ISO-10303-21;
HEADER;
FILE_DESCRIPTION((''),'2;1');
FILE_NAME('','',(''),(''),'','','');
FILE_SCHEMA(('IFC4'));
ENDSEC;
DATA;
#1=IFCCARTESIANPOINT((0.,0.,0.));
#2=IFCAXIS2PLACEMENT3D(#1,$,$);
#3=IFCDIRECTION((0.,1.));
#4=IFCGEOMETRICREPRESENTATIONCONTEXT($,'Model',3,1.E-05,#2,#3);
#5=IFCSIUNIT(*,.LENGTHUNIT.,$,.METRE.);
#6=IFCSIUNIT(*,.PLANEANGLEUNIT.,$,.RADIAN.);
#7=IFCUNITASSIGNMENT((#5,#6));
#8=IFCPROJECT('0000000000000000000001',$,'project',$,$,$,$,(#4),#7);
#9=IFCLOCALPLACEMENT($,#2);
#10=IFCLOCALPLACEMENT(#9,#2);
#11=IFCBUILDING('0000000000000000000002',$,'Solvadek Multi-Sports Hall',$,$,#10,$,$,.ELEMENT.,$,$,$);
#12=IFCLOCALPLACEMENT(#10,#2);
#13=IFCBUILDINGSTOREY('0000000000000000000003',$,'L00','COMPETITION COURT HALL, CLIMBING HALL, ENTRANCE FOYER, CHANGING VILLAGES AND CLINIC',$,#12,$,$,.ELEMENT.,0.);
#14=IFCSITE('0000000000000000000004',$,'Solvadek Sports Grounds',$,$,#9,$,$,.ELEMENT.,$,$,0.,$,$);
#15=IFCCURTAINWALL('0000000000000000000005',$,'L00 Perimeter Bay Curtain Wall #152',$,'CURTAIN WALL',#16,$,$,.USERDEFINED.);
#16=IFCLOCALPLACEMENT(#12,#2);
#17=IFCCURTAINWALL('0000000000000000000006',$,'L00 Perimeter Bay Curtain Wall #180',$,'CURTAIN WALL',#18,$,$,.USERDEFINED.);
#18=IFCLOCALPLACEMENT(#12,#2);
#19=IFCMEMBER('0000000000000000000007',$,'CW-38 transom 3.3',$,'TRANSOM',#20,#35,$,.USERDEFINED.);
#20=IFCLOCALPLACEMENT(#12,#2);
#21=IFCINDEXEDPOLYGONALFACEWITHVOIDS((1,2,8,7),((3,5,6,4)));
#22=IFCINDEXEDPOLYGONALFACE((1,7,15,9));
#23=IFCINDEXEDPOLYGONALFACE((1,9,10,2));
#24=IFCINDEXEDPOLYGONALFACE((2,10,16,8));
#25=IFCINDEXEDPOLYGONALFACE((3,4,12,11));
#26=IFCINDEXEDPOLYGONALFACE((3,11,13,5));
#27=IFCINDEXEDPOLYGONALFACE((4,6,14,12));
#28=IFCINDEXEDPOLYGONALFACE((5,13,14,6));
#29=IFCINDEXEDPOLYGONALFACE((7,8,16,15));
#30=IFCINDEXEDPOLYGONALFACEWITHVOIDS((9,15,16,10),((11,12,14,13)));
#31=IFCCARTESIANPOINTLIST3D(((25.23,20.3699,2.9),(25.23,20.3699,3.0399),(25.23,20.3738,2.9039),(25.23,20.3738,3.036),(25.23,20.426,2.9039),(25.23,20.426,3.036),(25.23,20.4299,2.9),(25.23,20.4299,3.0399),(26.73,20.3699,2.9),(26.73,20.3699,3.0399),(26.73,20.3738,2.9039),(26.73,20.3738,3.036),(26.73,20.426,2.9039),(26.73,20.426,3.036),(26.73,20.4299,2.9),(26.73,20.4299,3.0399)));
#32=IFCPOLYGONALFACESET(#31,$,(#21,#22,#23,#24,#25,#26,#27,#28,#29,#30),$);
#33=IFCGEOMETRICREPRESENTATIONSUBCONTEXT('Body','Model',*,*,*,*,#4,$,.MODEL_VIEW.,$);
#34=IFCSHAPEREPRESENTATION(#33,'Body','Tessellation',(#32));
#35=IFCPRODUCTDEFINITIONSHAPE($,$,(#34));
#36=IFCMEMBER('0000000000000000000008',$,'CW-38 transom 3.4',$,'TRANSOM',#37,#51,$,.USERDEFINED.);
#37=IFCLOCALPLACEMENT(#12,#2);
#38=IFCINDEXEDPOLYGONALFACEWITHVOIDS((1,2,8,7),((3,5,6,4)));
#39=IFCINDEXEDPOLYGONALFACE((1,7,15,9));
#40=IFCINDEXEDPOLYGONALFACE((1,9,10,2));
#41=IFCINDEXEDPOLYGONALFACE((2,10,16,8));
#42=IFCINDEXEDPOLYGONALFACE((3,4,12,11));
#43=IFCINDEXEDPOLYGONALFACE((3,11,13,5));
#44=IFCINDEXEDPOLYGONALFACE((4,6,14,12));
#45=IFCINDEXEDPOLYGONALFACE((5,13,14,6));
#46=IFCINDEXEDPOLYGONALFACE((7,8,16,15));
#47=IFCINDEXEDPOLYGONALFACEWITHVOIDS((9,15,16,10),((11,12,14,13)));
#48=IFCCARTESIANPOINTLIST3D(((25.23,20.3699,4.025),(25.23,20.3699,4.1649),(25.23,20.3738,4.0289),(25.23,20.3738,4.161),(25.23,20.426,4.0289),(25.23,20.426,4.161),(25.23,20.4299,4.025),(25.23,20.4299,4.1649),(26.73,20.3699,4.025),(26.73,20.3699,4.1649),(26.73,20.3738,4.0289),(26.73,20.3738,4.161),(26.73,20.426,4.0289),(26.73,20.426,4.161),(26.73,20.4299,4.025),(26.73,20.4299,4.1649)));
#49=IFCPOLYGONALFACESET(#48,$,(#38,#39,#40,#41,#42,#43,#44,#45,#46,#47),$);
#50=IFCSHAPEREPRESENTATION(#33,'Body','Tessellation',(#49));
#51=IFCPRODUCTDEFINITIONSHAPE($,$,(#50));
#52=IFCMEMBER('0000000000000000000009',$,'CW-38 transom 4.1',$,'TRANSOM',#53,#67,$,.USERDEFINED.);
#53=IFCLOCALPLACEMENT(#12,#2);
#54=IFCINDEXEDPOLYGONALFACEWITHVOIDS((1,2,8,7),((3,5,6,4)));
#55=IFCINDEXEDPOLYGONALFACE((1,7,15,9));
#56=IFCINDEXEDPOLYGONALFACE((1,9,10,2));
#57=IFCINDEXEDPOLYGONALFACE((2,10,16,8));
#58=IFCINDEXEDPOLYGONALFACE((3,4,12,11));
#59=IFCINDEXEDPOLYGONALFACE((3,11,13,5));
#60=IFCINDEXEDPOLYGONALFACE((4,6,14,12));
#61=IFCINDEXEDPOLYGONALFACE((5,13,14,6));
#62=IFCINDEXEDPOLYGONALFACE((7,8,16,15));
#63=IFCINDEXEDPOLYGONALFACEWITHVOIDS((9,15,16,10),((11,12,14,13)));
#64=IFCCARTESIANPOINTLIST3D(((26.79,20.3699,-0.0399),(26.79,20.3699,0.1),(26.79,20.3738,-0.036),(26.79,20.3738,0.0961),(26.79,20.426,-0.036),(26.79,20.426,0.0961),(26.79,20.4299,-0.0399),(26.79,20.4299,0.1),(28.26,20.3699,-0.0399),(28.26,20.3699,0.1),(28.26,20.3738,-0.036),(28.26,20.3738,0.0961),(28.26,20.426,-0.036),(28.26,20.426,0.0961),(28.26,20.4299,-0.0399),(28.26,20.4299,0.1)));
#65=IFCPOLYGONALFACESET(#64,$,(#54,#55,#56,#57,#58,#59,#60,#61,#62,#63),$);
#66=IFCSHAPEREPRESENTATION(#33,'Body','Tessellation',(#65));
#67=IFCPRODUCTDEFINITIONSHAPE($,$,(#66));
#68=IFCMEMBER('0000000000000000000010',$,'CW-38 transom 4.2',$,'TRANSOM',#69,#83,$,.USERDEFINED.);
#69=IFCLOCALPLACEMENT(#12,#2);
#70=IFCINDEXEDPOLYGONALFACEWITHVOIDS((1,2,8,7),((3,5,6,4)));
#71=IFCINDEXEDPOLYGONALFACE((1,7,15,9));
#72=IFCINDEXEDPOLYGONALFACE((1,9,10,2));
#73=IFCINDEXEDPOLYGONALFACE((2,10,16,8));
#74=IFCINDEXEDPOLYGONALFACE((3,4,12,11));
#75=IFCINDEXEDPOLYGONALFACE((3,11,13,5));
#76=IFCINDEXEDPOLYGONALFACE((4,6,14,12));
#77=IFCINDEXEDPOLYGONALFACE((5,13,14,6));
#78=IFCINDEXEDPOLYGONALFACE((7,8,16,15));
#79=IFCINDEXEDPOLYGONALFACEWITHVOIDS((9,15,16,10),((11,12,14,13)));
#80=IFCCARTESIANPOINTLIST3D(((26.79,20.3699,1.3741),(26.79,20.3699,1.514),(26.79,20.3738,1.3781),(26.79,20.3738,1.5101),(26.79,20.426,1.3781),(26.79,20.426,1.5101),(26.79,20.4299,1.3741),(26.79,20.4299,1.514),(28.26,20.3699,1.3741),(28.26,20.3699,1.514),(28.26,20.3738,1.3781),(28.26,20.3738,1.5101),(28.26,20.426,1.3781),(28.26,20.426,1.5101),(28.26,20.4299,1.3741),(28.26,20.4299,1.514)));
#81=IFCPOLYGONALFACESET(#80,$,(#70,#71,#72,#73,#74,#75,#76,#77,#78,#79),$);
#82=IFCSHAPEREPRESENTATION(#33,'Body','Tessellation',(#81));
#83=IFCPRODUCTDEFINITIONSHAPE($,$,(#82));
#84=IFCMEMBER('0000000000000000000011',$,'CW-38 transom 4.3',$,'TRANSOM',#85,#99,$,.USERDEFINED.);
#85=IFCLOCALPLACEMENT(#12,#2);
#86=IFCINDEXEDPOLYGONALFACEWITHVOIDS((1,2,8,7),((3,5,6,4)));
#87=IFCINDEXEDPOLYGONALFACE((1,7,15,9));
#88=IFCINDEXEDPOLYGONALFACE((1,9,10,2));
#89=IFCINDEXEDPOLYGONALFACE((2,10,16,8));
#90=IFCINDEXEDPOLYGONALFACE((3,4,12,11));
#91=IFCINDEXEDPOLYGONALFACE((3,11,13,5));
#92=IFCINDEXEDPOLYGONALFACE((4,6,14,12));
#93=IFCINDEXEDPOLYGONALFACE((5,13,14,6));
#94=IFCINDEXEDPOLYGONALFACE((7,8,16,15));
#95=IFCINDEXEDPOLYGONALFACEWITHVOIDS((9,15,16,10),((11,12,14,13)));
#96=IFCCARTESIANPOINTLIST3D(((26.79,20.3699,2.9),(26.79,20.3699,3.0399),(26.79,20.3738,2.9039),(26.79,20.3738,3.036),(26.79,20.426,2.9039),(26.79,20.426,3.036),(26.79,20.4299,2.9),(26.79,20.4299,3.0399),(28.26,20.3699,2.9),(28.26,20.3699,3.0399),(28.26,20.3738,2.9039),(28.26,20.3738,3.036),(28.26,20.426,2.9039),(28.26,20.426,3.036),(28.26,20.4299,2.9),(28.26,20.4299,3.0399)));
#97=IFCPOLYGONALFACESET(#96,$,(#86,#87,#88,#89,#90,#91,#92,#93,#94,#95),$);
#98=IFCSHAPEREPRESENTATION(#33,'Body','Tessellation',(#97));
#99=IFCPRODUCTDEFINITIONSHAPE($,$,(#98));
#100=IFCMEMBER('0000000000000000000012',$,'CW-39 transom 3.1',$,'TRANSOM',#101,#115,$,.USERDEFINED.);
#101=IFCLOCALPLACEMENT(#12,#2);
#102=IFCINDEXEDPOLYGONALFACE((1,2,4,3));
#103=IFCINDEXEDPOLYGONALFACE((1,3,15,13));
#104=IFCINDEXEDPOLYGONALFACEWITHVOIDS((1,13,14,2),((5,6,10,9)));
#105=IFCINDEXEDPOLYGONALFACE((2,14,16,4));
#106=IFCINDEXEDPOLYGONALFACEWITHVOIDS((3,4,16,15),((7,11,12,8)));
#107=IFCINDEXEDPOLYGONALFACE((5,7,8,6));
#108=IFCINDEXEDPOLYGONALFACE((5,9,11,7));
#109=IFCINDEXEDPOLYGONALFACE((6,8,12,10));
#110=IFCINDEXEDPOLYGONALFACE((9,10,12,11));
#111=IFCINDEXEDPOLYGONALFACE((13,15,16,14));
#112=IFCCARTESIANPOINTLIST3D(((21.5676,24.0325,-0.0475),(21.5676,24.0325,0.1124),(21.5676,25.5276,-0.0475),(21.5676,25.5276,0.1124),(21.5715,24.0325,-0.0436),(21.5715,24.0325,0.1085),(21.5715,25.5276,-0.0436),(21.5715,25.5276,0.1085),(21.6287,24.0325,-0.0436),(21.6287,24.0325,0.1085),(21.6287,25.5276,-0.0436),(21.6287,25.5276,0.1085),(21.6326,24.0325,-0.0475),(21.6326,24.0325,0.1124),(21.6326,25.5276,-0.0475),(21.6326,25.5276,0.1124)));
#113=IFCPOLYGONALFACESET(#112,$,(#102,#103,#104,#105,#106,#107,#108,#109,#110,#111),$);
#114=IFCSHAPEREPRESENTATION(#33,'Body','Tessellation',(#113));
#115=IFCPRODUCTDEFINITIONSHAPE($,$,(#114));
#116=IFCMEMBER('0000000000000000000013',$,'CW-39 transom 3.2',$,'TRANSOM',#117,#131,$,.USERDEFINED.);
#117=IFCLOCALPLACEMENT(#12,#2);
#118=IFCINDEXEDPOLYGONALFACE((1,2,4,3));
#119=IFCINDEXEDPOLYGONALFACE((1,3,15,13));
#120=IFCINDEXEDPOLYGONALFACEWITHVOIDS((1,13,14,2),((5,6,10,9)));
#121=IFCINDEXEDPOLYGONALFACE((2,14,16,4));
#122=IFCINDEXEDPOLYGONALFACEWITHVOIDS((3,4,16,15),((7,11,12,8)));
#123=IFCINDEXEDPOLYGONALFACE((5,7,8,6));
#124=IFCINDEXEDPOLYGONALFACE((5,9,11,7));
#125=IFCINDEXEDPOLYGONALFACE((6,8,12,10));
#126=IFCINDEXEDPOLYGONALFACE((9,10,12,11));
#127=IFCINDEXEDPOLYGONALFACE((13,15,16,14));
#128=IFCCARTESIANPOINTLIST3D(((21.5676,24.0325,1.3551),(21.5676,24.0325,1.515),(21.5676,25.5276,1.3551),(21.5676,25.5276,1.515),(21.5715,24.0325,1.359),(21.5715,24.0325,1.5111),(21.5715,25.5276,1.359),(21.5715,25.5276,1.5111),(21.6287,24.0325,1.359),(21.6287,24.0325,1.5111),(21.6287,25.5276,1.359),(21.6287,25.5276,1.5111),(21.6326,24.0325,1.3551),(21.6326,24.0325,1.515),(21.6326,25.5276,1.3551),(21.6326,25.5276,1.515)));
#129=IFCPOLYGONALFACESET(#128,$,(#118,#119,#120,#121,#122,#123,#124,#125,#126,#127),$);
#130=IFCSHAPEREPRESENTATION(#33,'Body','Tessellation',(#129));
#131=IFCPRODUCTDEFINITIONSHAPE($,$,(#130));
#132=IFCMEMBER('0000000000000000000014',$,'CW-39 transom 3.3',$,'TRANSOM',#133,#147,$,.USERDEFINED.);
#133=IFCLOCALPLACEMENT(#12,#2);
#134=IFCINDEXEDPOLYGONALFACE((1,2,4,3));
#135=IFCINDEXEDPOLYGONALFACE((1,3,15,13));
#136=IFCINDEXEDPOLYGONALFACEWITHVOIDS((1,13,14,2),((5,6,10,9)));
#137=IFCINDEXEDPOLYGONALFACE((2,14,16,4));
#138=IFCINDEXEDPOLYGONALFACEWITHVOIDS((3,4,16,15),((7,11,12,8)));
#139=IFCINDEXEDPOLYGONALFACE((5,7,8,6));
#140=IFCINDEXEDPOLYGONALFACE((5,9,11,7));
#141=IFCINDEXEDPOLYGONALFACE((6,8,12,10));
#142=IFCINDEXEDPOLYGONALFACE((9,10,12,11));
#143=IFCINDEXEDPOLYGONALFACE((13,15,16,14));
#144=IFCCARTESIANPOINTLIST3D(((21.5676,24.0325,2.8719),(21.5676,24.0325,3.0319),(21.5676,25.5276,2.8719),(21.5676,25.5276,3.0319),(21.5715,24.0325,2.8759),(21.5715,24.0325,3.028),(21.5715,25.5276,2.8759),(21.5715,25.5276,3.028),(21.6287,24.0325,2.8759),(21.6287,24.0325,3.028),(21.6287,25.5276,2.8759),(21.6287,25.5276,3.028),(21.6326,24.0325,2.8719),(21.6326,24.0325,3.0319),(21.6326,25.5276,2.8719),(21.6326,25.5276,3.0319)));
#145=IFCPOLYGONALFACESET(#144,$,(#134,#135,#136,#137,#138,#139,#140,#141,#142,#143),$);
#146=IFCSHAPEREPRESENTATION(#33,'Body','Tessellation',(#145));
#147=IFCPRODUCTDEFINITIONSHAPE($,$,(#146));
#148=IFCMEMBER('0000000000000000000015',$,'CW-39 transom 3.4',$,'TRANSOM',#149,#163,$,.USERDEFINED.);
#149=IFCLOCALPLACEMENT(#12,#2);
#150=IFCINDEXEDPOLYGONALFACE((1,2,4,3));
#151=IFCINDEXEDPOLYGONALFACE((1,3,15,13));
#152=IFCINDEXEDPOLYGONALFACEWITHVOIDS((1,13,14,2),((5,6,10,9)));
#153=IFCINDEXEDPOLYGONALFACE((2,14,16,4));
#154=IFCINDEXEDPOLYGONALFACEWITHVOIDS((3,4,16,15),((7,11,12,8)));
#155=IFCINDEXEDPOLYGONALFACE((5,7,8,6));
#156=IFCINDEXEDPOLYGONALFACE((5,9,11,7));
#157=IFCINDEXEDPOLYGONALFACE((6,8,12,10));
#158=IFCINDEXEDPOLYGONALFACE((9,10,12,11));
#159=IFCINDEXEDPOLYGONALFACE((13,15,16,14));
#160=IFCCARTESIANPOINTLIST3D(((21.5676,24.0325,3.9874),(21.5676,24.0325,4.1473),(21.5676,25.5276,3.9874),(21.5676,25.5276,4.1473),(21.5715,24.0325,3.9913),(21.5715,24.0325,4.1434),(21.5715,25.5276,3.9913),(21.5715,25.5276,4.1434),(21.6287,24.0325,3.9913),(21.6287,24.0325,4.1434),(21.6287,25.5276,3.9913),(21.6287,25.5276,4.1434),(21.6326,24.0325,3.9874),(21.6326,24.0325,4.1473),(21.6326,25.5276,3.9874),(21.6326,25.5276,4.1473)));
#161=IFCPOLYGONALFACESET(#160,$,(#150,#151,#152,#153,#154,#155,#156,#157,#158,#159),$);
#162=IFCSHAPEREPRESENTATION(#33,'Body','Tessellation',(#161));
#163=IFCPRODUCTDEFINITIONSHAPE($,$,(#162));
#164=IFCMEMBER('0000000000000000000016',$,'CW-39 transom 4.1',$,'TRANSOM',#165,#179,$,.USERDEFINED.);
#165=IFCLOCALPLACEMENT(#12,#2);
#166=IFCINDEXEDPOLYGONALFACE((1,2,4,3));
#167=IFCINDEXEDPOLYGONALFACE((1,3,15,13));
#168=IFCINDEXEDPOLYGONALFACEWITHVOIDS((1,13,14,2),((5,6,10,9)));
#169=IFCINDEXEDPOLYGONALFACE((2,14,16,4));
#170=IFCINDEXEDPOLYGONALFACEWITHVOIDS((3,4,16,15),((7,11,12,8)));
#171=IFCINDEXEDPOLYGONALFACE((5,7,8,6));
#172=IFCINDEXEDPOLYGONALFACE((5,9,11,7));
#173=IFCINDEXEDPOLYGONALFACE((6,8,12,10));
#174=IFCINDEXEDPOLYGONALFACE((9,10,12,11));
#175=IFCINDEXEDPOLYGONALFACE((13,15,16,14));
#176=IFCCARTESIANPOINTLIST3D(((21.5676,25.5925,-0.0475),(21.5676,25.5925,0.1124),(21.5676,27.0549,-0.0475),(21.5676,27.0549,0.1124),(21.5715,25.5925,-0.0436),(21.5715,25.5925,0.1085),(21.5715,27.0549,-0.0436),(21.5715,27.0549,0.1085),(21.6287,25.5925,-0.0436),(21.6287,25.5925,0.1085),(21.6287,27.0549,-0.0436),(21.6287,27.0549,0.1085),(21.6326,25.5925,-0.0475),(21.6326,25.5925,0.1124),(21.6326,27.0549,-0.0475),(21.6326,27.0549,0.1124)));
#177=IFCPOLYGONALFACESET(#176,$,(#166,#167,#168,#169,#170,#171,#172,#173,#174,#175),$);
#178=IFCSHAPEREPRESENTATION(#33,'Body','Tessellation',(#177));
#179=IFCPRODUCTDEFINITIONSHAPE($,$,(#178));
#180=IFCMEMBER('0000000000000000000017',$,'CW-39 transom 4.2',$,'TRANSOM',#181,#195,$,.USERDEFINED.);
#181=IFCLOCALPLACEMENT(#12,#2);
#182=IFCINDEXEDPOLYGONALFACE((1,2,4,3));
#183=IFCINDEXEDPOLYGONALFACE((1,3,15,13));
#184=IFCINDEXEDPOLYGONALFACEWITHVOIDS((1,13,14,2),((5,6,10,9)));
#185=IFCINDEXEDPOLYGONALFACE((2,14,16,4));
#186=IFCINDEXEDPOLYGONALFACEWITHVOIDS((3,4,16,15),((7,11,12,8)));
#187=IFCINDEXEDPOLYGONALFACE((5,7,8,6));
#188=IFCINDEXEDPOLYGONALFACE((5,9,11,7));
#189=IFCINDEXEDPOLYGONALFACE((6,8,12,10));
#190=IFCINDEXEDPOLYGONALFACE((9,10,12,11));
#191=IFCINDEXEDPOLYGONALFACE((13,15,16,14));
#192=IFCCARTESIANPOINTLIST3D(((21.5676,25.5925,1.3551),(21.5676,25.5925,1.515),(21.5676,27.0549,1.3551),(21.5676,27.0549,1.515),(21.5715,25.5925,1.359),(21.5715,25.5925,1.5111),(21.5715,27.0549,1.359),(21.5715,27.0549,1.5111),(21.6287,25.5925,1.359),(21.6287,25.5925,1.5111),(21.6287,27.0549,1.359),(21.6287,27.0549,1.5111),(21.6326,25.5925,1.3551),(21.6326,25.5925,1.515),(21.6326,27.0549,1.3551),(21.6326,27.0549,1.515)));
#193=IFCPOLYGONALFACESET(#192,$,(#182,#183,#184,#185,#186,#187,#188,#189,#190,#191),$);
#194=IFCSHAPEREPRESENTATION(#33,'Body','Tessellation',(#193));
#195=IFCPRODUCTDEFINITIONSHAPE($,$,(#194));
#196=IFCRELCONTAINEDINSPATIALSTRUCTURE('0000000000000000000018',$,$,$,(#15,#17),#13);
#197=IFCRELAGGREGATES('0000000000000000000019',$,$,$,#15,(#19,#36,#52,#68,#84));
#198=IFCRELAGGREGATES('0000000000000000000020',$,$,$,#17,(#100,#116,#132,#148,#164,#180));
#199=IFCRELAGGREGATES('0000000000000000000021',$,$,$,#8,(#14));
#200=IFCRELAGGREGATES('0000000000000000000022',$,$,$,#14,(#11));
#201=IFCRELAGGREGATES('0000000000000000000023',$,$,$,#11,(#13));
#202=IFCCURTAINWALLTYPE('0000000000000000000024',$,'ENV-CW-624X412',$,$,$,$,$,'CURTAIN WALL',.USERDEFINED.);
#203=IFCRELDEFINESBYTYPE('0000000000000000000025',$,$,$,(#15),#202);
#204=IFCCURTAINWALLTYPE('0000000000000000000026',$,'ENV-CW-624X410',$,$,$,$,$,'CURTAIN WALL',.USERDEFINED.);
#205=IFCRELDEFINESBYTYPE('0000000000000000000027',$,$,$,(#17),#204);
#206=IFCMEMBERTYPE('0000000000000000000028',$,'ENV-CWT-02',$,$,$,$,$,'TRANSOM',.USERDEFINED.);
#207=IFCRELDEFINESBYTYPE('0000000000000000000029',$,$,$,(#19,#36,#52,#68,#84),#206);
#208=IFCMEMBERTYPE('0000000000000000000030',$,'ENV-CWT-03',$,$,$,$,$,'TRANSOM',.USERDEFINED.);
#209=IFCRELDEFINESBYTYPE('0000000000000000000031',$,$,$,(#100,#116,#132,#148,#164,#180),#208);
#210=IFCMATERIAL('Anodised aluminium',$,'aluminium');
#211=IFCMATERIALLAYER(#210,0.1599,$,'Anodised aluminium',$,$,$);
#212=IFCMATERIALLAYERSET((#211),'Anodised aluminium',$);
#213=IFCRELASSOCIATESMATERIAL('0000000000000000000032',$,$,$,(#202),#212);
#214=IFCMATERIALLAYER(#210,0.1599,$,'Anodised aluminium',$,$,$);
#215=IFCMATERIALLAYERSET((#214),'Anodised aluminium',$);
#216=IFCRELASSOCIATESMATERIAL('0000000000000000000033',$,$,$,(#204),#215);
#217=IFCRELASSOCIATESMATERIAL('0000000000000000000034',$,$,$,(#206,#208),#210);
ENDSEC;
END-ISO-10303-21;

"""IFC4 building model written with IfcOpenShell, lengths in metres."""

from ifc_helpers import new_model, si_unit, direction, frame, origin, origin_2d, place, context, subcontext, project, spatial, hollow_rectangle, extrude, material, layer, layer_set, material_profile, profile_set, type_object, element, aggregate, save


model = new_model("IFC4")

# Units and contexts
model_context = context("Model", 3, precision=1e-05, world=origin(), true_north=direction((0.0, 1.0)))
body_context = subcontext(model_context, "Body", "Model", "MODEL_VIEW")
ifc_project = project(units=[si_unit("LENGTHUNIT", "METRE"), si_unit("PLANEANGLEUNIT", "RADIAN")], contexts=[model_context])

# Site, building, storey
site_placement = place(None, origin())
site = spatial("IfcSite", under=ifc_project, at=site_placement, Name="Solvadek Sports Grounds", CompositionType="ELEMENT", RefElevation=0.0)
building_placement = place(site_placement, origin())
building = spatial("IfcBuilding", under=site, at=building_placement, Name="Solvadek Multi-Sports Hall", CompositionType="ELEMENT")
storey_placement = place(building_placement, origin())
storey = spatial("IfcBuildingStorey", under=building, at=storey_placement, Name="L00", Description="COMPETITION COURT HALL, CLIMBING HALL, ENTRANCE FOYER, CHANGING VILLAGES AND CLINIC", CompositionType="ELEMENT", Elevation=0.0)

# Curtain walls
ifc_material_1 = material(Name="Anodised aluminium", Category="aluminium")
ifc_layer_1 = layer(ifc_material_1, 0.1599, Name="Anodised aluminium")
ifc_layer_set_1 = layer_set([ifc_layer_1], Name="Anodised aluminium")
curtain_wall_type_1 = type_object("IfcCurtainWallType", Name="ENV-CW-624X412", ElementType="CURTAIN WALL", PredefinedType="USERDEFINED", material=ifc_layer_set_1)
curtain_wall_1_placement = place(storey_placement, origin())
curtain_wall_1 = element("IfcCurtainWall", 1, at=curtain_wall_1_placement, inside=storey, type_object=curtain_wall_type_1, Name="L00 Perimeter Bay Curtain Wall #152", ObjectType="CURTAIN WALL", PredefinedType="USERDEFINED")
ifc_layer_2 = layer(ifc_material_1, 0.1599, Name="Anodised aluminium")
ifc_layer_set_2 = layer_set([ifc_layer_2], Name="Anodised aluminium")
curtain_wall_type_2 = type_object("IfcCurtainWallType", Name="ENV-CW-624X410", ElementType="CURTAIN WALL", PredefinedType="USERDEFINED", material=ifc_layer_set_2)
curtain_wall_2_placement = place(storey_placement, origin())
curtain_wall_2 = element("IfcCurtainWall", 2, at=curtain_wall_2_placement, inside=storey, type_object=curtain_wall_type_2, Name="L00 Perimeter Bay Curtain Wall #180", ObjectType="CURTAIN WALL", PredefinedType="USERDEFINED")

# Members
ifc_material_profile_1 = material_profile(ifc_material_1, hollow_rectangle(XDim=0.0601, YDim=0.1399, WallThickness=0.0039, at=origin_2d()), Name="ALU-T 140x60x4")
ifc_profile_set_1 = profile_set([ifc_material_profile_1], Name="Anodised aluminium")
member_type_1 = type_object("IfcMemberType", Name="ENV-CWT-02", ElementType="TRANSOM", PredefinedType="USERDEFINED", material=ifc_profile_set_1)
member_1_placement = place(storey_placement, frame((25.23, 20.3999, 2.97), z_axis=(1.0, 0.0, 0.0), x_axis=(0.0, 1.0, 0.0)))
member_1 = element("IfcMember", 3, at=member_1_placement, type_object=member_type_1, Name="CW-38 transom 3.3", ObjectType="TRANSOM", PredefinedType="USERDEFINED", context=body_context, shape_type="SweptSolid", body=[
    extrude(hollow_rectangle(XDim=0.0601, YDim=0.1399, WallThickness=0.0039, at=origin_2d()), origin(), (0.0, 0.0, 1.0), 1.5),
])
member_2_placement = place(storey_placement, frame((25.23, 20.3999, 4.095), z_axis=(1.0, 0.0, 0.0), x_axis=(0.0, 1.0, 0.0)))
member_2 = element("IfcMember", 4, at=member_2_placement, type_object=member_type_1, Name="CW-38 transom 3.4", ObjectType="TRANSOM", PredefinedType="USERDEFINED", context=body_context, shape_type="SweptSolid", body=[
    extrude(hollow_rectangle(XDim=0.0601, YDim=0.1399, WallThickness=0.0039, at=origin_2d()), origin(), (0.0, 0.0, 1.0), 1.5),
])
member_3_placement = place(storey_placement, frame((26.79, 20.3999, 0.03), z_axis=(1.0, 0.0, 0.0), x_axis=(0.0, 1.0, 0.0)))
member_3 = element("IfcMember", 5, at=member_3_placement, type_object=member_type_1, Name="CW-38 transom 4.1", ObjectType="TRANSOM", PredefinedType="USERDEFINED", context=body_context, shape_type="SweptSolid", body=[
    extrude(hollow_rectangle(XDim=0.0601, YDim=0.1399, WallThickness=0.0039, at=origin_2d()), origin(), (0.0, 0.0, 1.0), 1.47),
])
member_4_placement = place(storey_placement, frame((26.79, 20.3999, 1.4441), z_axis=(1.0, 0.0, 0.0), x_axis=(0.0, 1.0, 0.0)))
member_4 = element("IfcMember", 6, at=member_4_placement, type_object=member_type_1, Name="CW-38 transom 4.2", ObjectType="TRANSOM", PredefinedType="USERDEFINED", context=body_context, shape_type="SweptSolid", body=[
    extrude(hollow_rectangle(XDim=0.0601, YDim=0.1399, WallThickness=0.0039, at=origin_2d()), origin(), (0.0, 0.0, 1.0), 1.47),
])
member_5_placement = place(storey_placement, frame((26.79, 20.3999, 2.97), z_axis=(1.0, 0.0, 0.0), x_axis=(0.0, 1.0, 0.0)))
member_5 = element("IfcMember", 7, at=member_5_placement, type_object=member_type_1, Name="CW-38 transom 4.3", ObjectType="TRANSOM", PredefinedType="USERDEFINED", context=body_context, shape_type="SweptSolid", body=[
    extrude(hollow_rectangle(XDim=0.0601, YDim=0.1399, WallThickness=0.0039, at=origin_2d()), origin(), (0.0, 0.0, 1.0), 1.47),
])
ifc_material_profile_2 = material_profile(ifc_material_1, hollow_rectangle(XDim=0.0649, YDim=0.1599, WallThickness=0.0039, at=origin_2d()), Name="ALU-T 160x65x4")
ifc_profile_set_2 = profile_set([ifc_material_profile_2], Name="Anodised aluminium")
member_type_2 = type_object("IfcMemberType", Name="ENV-CWT-03", ElementType="TRANSOM", PredefinedType="USERDEFINED", material=ifc_profile_set_2)
member_6_placement = place(storey_placement, frame((21.6001, 24.0325, 0.0325), z_axis=(0.0, 1.0, 0.0), x_axis=(-1.0, 0.0, 0.0)))
member_6 = element("IfcMember", 8, at=member_6_placement, type_object=member_type_2, Name="CW-39 transom 3.1", ObjectType="TRANSOM", PredefinedType="USERDEFINED", context=body_context, shape_type="SweptSolid", body=[
    extrude(hollow_rectangle(XDim=0.0649, YDim=0.1599, WallThickness=0.0039, at=origin_2d()), origin(), (0.0, 0.0, 1.0), 1.4951),
])
member_7_placement = place(storey_placement, frame((21.6001, 24.0325, 1.4351), z_axis=(0.0, 1.0, 0.0), x_axis=(-1.0, 0.0, 0.0)))
member_7 = element("IfcMember", 9, at=member_7_placement, type_object=member_type_2, Name="CW-39 transom 3.2", ObjectType="TRANSOM", PredefinedType="USERDEFINED", context=body_context, shape_type="SweptSolid", body=[
    extrude(hollow_rectangle(XDim=0.0649, YDim=0.1599, WallThickness=0.0039, at=origin_2d()), origin(), (0.0, 0.0, 1.0), 1.4951),
])
member_8_placement = place(storey_placement, frame((21.6001, 24.0325, 2.9519), z_axis=(0.0, 1.0, 0.0), x_axis=(-1.0, 0.0, 0.0)))
member_8 = element("IfcMember", 10, at=member_8_placement, type_object=member_type_2, Name="CW-39 transom 3.3", ObjectType="TRANSOM", PredefinedType="USERDEFINED", context=body_context, shape_type="SweptSolid", body=[
    extrude(hollow_rectangle(XDim=0.0649, YDim=0.1599, WallThickness=0.0039, at=origin_2d()), origin(), (0.0, 0.0, 1.0), 1.4951),
])
member_9_placement = place(storey_placement, frame((21.6001, 24.0325, 4.0674), z_axis=(0.0, 1.0, 0.0), x_axis=(-1.0, 0.0, 0.0)))
member_9 = element("IfcMember", 11, at=member_9_placement, type_object=member_type_2, Name="CW-39 transom 3.4", ObjectType="TRANSOM", PredefinedType="USERDEFINED", context=body_context, shape_type="SweptSolid", body=[
    extrude(hollow_rectangle(XDim=0.0649, YDim=0.1599, WallThickness=0.0039, at=origin_2d()), origin(), (0.0, 0.0, 1.0), 1.4951),
])
member_10_placement = place(storey_placement, frame((21.6001, 25.5925, 0.0325), z_axis=(0.0, 1.0, 0.0), x_axis=(-1.0, 0.0, 0.0)))
member_10 = element("IfcMember", 12, at=member_10_placement, type_object=member_type_2, Name="CW-39 transom 4.1", ObjectType="TRANSOM", PredefinedType="USERDEFINED", context=body_context, shape_type="SweptSolid", body=[
    extrude(hollow_rectangle(XDim=0.0649, YDim=0.1599, WallThickness=0.0039, at=origin_2d()), origin(), (0.0, 0.0, 1.0), 1.4624),
])
member_11_placement = place(storey_placement, frame((21.6001, 25.5925, 1.4351), z_axis=(0.0, 1.0, 0.0), x_axis=(-1.0, 0.0, 0.0)))
member_11 = element("IfcMember", 13, at=member_11_placement, type_object=member_type_2, Name="CW-39 transom 4.2", ObjectType="TRANSOM", PredefinedType="USERDEFINED", context=body_context, shape_type="SweptSolid", body=[
    extrude(hollow_rectangle(XDim=0.0649, YDim=0.1599, WallThickness=0.0039, at=origin_2d()), origin(), (0.0, 0.0, 1.0), 1.4624),
])

aggregate(curtain_wall_1, [member_1, member_2, member_3, member_4, member_5])
aggregate(curtain_wall_2, [member_6, member_7, member_8, member_9, member_10, member_11])

save(model, "model.ifc")
